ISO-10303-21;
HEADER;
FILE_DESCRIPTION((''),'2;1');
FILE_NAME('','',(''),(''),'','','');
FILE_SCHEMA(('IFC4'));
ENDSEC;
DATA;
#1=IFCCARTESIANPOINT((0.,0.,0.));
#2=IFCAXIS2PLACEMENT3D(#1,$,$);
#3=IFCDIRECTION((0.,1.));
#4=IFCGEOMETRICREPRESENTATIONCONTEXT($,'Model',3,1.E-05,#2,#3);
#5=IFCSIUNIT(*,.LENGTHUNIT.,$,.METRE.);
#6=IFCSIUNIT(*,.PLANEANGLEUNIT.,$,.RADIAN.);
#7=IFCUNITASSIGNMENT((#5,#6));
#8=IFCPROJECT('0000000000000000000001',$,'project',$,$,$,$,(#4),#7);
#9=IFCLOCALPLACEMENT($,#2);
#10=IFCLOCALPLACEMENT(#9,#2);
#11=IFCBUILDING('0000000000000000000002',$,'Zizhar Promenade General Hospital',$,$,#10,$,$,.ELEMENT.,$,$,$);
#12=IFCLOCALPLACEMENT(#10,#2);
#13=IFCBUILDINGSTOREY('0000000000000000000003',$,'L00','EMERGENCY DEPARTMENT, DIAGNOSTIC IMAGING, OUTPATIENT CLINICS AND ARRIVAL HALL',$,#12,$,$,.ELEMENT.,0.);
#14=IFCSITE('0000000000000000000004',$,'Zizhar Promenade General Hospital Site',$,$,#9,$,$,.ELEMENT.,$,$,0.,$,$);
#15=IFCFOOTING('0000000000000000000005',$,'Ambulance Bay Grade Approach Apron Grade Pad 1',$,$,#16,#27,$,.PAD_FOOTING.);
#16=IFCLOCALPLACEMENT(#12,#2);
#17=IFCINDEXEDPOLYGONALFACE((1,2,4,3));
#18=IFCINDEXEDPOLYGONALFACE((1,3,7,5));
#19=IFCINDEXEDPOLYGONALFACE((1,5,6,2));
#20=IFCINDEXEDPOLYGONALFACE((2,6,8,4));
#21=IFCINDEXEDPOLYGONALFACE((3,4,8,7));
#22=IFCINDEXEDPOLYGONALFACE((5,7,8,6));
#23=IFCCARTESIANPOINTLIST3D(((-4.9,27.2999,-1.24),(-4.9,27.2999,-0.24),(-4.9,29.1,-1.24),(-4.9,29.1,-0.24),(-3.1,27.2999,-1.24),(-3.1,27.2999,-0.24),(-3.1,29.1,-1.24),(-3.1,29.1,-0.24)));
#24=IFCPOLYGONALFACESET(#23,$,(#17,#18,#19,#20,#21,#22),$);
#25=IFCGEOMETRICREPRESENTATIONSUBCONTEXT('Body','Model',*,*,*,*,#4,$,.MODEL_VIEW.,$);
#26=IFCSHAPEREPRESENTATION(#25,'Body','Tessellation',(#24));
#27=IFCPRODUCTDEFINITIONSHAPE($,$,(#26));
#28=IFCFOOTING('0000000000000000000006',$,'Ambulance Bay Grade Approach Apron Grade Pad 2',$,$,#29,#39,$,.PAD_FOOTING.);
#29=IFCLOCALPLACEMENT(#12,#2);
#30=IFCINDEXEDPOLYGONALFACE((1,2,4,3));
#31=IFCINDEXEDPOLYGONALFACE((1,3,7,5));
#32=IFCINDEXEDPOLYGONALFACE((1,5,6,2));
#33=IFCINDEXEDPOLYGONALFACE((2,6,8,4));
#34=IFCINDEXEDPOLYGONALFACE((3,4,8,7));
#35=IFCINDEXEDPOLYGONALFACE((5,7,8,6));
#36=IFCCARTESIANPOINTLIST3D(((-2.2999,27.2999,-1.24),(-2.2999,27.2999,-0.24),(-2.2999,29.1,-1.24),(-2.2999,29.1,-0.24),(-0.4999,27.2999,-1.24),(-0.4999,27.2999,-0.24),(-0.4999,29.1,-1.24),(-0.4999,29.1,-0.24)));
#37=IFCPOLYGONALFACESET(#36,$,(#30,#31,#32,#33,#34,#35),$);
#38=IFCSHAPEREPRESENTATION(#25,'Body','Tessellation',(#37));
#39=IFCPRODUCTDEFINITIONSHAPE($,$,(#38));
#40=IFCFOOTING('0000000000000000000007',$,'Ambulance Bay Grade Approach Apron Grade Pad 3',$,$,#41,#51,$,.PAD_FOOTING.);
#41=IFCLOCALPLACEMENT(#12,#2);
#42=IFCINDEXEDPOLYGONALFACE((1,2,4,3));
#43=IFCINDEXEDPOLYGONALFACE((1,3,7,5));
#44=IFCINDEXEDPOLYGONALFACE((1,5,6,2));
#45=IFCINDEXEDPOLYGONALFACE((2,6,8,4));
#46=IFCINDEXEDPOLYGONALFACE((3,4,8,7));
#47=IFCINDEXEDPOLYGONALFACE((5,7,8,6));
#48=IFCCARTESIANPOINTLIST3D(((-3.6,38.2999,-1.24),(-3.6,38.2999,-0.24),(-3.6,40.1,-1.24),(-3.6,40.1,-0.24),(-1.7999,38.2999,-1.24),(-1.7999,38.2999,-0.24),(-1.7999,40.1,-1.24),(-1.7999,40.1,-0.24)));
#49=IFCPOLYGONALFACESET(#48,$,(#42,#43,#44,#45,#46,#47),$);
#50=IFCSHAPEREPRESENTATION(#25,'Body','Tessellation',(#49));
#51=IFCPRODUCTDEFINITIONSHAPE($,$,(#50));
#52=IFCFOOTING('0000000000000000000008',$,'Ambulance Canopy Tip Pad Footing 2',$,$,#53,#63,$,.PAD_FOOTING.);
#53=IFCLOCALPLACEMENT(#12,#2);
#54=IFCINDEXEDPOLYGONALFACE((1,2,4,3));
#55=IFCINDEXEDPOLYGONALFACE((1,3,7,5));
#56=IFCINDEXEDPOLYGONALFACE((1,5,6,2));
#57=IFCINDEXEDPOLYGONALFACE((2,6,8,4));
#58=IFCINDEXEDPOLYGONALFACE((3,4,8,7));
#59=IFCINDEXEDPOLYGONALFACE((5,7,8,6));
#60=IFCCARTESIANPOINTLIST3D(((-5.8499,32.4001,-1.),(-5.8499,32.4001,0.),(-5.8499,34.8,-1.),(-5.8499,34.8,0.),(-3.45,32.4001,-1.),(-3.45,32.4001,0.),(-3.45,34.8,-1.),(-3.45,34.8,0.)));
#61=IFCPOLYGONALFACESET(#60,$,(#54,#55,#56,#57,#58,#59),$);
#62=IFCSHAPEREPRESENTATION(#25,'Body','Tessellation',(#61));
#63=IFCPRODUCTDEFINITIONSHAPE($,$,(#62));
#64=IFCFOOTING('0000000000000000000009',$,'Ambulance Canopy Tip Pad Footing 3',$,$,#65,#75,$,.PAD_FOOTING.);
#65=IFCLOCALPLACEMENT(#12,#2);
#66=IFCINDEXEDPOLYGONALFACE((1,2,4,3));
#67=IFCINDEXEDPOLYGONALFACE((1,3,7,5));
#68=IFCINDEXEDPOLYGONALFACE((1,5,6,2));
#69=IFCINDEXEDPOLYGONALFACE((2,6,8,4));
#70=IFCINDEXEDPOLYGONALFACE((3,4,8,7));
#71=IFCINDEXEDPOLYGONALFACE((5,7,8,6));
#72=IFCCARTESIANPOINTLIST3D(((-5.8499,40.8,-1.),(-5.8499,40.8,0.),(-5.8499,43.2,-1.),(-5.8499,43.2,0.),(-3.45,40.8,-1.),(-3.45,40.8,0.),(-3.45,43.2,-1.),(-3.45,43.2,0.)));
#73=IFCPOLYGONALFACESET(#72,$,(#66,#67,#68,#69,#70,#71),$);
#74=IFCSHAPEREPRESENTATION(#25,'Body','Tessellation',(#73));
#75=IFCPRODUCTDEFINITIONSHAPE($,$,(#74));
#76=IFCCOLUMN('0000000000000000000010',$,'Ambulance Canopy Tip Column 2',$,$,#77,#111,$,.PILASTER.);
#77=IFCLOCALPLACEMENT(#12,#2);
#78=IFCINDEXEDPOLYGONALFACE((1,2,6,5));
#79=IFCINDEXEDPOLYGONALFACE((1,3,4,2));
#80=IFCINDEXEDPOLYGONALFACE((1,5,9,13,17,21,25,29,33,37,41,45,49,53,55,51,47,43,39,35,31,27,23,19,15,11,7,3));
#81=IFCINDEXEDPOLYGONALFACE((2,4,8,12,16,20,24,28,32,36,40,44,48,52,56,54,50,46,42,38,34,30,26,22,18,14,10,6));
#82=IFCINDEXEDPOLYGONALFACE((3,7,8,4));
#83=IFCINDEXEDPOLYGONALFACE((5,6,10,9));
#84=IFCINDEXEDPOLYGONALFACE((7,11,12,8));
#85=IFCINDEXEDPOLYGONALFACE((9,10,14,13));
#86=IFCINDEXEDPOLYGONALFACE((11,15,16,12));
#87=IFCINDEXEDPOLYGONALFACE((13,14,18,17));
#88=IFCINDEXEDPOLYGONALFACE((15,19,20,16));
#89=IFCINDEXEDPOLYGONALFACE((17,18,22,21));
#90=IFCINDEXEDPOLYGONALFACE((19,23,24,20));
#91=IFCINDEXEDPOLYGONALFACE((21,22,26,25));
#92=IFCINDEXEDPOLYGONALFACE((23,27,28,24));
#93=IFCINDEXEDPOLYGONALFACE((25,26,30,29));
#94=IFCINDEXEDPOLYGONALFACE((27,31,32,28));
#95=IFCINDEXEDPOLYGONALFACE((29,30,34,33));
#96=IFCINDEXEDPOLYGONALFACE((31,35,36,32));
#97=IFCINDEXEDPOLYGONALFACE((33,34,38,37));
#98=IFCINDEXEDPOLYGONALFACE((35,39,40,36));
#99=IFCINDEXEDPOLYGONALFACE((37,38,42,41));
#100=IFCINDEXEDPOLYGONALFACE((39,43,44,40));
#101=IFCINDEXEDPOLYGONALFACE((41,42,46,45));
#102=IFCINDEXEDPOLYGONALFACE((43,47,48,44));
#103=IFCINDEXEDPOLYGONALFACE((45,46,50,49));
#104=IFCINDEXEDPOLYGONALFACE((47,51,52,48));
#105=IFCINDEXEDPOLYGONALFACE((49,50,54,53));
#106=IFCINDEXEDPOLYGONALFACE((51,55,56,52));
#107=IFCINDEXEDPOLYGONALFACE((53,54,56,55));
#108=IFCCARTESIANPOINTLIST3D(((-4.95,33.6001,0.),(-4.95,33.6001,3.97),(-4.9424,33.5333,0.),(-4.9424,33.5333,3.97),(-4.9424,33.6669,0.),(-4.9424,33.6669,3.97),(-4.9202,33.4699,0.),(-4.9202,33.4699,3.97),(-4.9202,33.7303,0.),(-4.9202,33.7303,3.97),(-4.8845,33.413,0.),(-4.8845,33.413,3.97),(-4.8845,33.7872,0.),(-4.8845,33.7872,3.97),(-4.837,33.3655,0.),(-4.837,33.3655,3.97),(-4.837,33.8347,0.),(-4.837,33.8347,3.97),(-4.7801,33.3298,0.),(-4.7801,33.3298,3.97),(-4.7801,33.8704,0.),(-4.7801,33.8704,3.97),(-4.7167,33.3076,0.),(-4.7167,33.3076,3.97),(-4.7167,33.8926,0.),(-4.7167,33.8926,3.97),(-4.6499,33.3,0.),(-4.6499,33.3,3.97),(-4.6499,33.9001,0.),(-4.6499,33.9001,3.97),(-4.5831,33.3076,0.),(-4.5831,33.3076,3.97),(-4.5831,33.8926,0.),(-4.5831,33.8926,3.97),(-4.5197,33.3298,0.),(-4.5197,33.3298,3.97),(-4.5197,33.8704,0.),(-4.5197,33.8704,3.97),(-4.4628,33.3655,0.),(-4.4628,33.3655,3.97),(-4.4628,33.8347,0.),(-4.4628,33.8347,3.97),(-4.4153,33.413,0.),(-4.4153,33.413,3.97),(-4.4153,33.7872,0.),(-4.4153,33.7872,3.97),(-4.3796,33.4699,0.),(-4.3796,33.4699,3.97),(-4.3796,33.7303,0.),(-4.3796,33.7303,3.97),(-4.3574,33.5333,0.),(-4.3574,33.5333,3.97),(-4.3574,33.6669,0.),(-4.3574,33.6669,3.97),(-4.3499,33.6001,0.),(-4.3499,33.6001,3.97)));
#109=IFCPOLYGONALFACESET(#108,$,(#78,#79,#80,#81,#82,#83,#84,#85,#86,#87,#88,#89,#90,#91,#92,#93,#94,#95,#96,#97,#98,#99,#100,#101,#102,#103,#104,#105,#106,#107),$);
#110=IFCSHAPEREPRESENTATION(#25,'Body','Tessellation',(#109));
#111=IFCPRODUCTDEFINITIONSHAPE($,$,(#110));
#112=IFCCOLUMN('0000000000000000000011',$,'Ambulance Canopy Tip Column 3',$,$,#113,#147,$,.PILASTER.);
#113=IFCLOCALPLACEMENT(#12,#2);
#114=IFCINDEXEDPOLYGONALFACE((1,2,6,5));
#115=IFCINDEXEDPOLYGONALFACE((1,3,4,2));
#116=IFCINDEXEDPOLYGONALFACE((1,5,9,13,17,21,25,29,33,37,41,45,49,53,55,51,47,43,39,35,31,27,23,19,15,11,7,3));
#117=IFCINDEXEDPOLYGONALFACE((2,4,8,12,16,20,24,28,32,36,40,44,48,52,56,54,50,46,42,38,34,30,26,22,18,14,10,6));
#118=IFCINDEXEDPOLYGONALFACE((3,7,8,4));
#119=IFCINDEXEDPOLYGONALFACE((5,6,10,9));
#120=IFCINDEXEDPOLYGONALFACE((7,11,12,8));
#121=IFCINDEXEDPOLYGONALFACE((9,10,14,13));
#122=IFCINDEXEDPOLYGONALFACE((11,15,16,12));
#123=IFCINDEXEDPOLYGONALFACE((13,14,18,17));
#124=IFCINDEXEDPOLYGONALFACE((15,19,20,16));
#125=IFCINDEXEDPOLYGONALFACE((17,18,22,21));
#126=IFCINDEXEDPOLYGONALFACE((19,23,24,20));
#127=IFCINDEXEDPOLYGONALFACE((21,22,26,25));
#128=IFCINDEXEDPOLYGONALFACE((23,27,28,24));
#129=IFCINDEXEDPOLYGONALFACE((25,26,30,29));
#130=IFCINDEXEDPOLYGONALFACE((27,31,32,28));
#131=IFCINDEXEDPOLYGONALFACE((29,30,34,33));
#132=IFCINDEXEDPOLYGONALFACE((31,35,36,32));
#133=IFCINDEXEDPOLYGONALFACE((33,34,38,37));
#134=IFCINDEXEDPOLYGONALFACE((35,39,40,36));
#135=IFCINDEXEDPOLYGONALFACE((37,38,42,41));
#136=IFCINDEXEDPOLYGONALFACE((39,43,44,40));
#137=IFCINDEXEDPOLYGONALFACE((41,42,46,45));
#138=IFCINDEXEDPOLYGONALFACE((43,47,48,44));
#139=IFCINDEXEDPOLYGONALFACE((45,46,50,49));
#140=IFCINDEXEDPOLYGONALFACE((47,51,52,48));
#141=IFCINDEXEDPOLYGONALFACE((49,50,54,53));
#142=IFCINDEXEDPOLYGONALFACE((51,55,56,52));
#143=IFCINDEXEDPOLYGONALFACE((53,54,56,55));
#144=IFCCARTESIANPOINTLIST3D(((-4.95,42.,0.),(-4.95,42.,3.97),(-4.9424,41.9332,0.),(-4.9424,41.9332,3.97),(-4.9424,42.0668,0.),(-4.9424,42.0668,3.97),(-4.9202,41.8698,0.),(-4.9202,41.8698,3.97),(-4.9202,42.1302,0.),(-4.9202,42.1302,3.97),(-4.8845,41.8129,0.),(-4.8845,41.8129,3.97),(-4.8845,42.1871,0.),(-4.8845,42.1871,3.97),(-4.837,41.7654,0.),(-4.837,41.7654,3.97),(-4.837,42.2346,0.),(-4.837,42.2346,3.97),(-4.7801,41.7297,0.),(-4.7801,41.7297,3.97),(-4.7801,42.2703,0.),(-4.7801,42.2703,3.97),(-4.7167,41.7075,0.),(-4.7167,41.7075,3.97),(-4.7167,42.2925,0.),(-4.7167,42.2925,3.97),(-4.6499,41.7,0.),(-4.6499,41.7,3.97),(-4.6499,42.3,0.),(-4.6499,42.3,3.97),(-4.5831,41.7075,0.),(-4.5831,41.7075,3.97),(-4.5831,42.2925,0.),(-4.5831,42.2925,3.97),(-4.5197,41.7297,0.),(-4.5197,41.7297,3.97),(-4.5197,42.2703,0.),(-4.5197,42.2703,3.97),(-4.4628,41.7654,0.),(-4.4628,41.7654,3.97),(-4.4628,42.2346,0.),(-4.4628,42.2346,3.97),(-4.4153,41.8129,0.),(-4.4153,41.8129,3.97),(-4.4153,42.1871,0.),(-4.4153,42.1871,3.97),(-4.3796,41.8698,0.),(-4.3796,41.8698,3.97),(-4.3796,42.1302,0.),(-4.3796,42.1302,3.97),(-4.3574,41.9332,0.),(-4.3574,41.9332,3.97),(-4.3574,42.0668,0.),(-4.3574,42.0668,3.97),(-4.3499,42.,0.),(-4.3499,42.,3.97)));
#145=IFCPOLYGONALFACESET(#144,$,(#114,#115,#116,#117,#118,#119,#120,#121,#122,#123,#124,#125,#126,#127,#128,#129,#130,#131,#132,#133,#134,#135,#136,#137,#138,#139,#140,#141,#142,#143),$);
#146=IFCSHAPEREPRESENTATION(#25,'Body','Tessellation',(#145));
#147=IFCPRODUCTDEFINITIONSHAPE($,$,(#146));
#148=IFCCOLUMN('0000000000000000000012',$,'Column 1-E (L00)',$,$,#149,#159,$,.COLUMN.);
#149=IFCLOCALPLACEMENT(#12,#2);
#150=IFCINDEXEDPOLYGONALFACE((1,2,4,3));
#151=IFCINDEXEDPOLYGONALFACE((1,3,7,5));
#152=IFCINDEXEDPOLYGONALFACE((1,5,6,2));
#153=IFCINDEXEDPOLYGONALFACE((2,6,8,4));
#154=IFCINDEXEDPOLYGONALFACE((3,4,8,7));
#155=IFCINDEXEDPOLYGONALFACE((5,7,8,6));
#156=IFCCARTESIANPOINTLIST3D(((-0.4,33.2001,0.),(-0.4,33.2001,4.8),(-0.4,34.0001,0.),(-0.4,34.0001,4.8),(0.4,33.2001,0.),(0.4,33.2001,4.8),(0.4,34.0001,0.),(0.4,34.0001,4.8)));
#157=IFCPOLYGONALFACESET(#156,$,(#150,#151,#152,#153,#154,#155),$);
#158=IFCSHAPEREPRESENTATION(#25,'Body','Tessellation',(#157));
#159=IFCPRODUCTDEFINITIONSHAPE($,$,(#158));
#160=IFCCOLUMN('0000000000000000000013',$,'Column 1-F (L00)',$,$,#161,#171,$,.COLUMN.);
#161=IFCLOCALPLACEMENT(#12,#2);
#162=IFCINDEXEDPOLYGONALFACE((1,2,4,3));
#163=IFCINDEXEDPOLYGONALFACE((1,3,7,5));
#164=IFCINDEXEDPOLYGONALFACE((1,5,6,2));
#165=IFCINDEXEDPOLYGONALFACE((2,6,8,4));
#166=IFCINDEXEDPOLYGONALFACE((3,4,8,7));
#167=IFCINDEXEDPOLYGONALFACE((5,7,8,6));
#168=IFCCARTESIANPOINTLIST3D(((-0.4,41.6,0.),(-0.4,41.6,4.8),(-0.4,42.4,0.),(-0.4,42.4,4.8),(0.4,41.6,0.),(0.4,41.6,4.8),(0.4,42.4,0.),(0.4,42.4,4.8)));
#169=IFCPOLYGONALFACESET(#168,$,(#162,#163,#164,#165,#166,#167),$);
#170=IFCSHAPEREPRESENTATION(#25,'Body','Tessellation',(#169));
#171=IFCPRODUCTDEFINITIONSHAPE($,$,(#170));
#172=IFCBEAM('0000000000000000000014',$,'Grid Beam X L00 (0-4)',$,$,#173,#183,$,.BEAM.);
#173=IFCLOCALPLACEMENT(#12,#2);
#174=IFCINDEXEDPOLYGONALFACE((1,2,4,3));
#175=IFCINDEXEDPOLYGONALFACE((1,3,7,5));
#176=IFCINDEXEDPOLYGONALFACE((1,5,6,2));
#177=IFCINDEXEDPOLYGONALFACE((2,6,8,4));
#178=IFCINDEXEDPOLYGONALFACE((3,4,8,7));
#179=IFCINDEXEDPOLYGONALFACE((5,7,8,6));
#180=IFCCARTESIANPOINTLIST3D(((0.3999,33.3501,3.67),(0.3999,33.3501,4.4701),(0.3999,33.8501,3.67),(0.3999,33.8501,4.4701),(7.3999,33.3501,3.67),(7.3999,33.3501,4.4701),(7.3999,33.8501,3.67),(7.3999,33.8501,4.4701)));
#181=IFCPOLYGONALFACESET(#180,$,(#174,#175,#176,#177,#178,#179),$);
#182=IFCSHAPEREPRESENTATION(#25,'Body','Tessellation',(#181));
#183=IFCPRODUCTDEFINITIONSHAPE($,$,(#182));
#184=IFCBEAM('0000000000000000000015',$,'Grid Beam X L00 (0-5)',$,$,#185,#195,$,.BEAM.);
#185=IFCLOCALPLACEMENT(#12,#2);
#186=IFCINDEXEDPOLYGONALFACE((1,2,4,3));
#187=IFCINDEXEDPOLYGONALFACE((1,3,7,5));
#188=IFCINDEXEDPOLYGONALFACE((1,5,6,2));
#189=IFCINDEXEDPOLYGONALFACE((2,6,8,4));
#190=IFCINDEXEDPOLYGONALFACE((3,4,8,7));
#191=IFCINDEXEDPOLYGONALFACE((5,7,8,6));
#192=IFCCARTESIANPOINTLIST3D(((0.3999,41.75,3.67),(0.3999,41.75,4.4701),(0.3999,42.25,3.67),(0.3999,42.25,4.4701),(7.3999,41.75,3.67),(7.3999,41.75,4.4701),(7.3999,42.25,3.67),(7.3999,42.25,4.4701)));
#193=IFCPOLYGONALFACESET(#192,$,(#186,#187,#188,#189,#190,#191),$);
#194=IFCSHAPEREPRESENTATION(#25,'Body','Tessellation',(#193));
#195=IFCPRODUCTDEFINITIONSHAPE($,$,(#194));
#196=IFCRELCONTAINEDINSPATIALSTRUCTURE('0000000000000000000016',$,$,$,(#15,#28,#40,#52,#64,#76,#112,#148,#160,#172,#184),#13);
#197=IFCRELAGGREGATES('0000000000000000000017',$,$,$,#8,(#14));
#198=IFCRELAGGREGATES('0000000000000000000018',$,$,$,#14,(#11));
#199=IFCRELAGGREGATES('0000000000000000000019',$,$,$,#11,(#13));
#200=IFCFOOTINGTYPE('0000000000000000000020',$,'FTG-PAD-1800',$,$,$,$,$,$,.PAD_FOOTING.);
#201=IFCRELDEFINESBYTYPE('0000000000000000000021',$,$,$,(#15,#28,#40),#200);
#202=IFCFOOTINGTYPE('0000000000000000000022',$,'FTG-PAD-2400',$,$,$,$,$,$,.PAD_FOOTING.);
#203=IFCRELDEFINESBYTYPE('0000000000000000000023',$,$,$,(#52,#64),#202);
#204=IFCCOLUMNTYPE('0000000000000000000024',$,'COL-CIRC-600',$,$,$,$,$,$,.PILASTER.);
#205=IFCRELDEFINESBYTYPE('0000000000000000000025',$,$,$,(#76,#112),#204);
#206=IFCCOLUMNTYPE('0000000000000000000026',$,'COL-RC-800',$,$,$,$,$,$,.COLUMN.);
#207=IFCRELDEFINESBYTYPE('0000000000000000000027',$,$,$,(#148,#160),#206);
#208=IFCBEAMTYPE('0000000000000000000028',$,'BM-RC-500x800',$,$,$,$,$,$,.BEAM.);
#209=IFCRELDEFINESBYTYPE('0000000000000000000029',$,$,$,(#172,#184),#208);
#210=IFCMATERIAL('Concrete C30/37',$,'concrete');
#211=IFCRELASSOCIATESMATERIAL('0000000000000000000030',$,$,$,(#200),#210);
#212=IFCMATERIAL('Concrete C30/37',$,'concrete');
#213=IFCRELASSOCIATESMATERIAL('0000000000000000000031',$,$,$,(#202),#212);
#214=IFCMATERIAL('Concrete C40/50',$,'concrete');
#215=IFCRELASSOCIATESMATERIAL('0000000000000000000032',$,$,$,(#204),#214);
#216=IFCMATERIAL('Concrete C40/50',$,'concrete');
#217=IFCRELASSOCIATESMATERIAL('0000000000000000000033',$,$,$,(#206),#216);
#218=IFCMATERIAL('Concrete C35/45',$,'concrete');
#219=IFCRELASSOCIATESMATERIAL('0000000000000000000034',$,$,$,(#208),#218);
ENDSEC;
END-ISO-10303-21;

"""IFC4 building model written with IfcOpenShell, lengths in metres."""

from ifc_helpers import new_model, si_unit, direction, frame, origin, origin_2d, place, context, subcontext, project, spatial, rectangle, circle, extrude, material, material_profile, profile_set, type_object, element, save


model = new_model("IFC4")

# Units and contexts
model_context = context("Model", 3, precision=1e-05, world=origin(), true_north=direction((0.0, 1.0)))
body_context = subcontext(model_context, "Body", "Model", "MODEL_VIEW")
ifc_project = project(units=[si_unit("LENGTHUNIT", "METRE"), si_unit("PLANEANGLEUNIT", "RADIAN")], contexts=[model_context])

# Site, building, storey
site_placement = place(None, origin())
site = spatial("IfcSite", under=ifc_project, at=site_placement, Name="Zizhar Promenade General Hospital Site", CompositionType="ELEMENT", RefElevation=0.0)
building_placement = place(site_placement, origin())
building = spatial("IfcBuilding", under=site, at=building_placement, Name="Zizhar Promenade General Hospital", CompositionType="ELEMENT")
storey_placement = place(building_placement, origin())
storey = spatial("IfcBuildingStorey", under=building, at=storey_placement, Name="L00", Description="EMERGENCY DEPARTMENT, DIAGNOSTIC IMAGING, OUTPATIENT CLINICS AND ARRIVAL HALL", CompositionType="ELEMENT", Elevation=0.0)

# Footings
ifc_material_1 = material(Name="Concrete C30/37", Category="concrete")
footing_type_1 = type_object("IfcFootingType", Name="FTG-PAD-1800", PredefinedType="PAD_FOOTING", material=ifc_material_1)
for number, where, z_axis, x_axis, name in (
    (1, (-4.0, 28.2, -1.24), (0.0, 0.0, 1.0), (1.0, 0.0, 0.0), "Ambulance Bay Grade Approach Apron Grade Pad 1"),
    (2, (-1.3999, 28.2, -1.24), (0.0, 0.0, 1.0), (1.0, 0.0, 0.0), "Ambulance Bay Grade Approach Apron Grade Pad 2"),
    (3, (-2.7, 39.2, -1.24), (0.0, 0.0, 1.0), (1.0, 0.0, 0.0), "Ambulance Bay Grade Approach Apron Grade Pad 3"),
):
    element("IfcFooting", number, at=place(storey_placement, frame(where, z_axis=z_axis, x_axis=x_axis)), inside=storey, type_object=footing_type_1, Name=name, PredefinedType="PAD_FOOTING", context=body_context, shape_type="SweptSolid", body=[
        extrude(rectangle(XDim=1.8, YDim=1.8, at=origin_2d()), origin(), (0.0, 0.0, 1.0), 1.0),
    ])
ifc_material_2 = material(Name="Concrete C30/37", Category="concrete")
footing_type_2 = type_object("IfcFootingType", Name="FTG-PAD-2400", PredefinedType="PAD_FOOTING", material=ifc_material_2)
for number, where, z_axis, x_axis, name in (
    (4, (-4.6499, 33.6001, -1.0), (0.0, 0.0, 1.0), (1.0, 0.0, 0.0), "Ambulance Canopy Tip Pad Footing 2"),
    (5, (-4.6499, 42.0, -1.0), (0.0, 0.0, 1.0), (1.0, 0.0, 0.0), "Ambulance Canopy Tip Pad Footing 3"),
):
    element("IfcFooting", number, at=place(storey_placement, frame(where, z_axis=z_axis, x_axis=x_axis)), inside=storey, type_object=footing_type_2, Name=name, PredefinedType="PAD_FOOTING", context=body_context, shape_type="SweptSolid", body=[
        extrude(rectangle(XDim=2.3999, YDim=2.3999, at=origin_2d()), origin(), (0.0, 0.0, 1.0), 1.0),
    ])

# Columns
ifc_material_3 = material(Name="Concrete C40/50", Category="concrete")
ifc_material_profile_1 = material_profile(ifc_material_3, circle(Radius=0.3, at=origin_2d()))
ifc_profile_set_1 = profile_set([ifc_material_profile_1], Name="Concrete C40/50")
column_type_1 = type_object("IfcColumnType", Name="COL-CIRC-600", PredefinedType="PILASTER", material=ifc_profile_set_1)
for number, where, z_axis, x_axis, name in (
    (6, (-4.6499, 33.6001, 0.0), (0.0, 0.0, 1.0), (1.0, 0.0, 0.0), "Ambulance Canopy Tip Column 2"),
    (7, (-4.6499, 42.0, 0.0), (0.0, 0.0, 1.0), (1.0, 0.0, 0.0), "Ambulance Canopy Tip Column 3"),
):
    element("IfcColumn", number, at=place(storey_placement, frame(where, z_axis=z_axis, x_axis=x_axis)), inside=storey, type_object=column_type_1, Name=name, PredefinedType="PILASTER", context=body_context, shape_type="SweptSolid", body=[
        extrude(circle(Radius=0.3, at=origin_2d()), origin(), (0.0, 0.0, 1.0), 3.97),
    ])
ifc_material_4 = material(Name="Concrete C40/50", Category="concrete")
ifc_material_profile_2 = material_profile(ifc_material_4, rectangle(XDim=0.8, YDim=0.8, at=origin_2d()))
ifc_profile_set_2 = profile_set([ifc_material_profile_2], Name="Concrete C40/50")
column_type_2 = type_object("IfcColumnType", Name="COL-RC-800", PredefinedType="COLUMN", material=ifc_profile_set_2)
for number, where, z_axis, x_axis, name in (
    (8, (0.0, 33.6001, 0.0), (0.0, 0.0, 1.0), (1.0, 0.0, 0.0), "Column 1-E (L00)"),
    (9, (0.0, 42.0, 0.0), (0.0, 0.0, 1.0), (1.0, 0.0, 0.0), "Column 1-F (L00)"),
):
    element("IfcColumn", number, at=place(storey_placement, frame(where, z_axis=z_axis, x_axis=x_axis)), inside=storey, type_object=column_type_2, Name=name, PredefinedType="COLUMN", context=body_context, shape_type="SweptSolid", body=[
        extrude(rectangle(XDim=0.8, YDim=0.8, at=origin_2d()), origin(), (0.0, 0.0, 1.0), 4.8),
    ])

# Beams
ifc_material_5 = material(Name="Concrete C35/45", Category="concrete")
ifc_material_profile_3 = material_profile(ifc_material_5, rectangle(XDim=0.5, YDim=0.8, at=origin_2d()))
ifc_profile_set_3 = profile_set([ifc_material_profile_3], Name="Concrete C35/45")
beam_type_1 = type_object("IfcBeamType", Name="BM-RC-500x800", PredefinedType="BEAM", material=ifc_profile_set_3)
for number, where, z_axis, x_axis, name in (
    (10, (0.3999, 33.6001, 4.0701), (1.0, 0.0, 0.0), (0.0, 1.0, 0.0), "Grid Beam X L00 (0-4)"),
    (11, (0.3999, 42.0, 4.0701), (1.0, 0.0, 0.0), (0.0, 1.0, 0.0), "Grid Beam X L00 (0-5)"),
):
    element("IfcBeam", number, at=place(storey_placement, frame(where, z_axis=z_axis, x_axis=x_axis)), inside=storey, type_object=beam_type_1, Name=name, PredefinedType="BEAM", context=body_context, shape_type="SweptSolid", body=[
        extrude(rectangle(XDim=0.5, YDim=0.8, at=origin_2d()), origin(), (0.0, 0.0, 1.0), 7.0),
    ])

save(model, "model.ifc")
